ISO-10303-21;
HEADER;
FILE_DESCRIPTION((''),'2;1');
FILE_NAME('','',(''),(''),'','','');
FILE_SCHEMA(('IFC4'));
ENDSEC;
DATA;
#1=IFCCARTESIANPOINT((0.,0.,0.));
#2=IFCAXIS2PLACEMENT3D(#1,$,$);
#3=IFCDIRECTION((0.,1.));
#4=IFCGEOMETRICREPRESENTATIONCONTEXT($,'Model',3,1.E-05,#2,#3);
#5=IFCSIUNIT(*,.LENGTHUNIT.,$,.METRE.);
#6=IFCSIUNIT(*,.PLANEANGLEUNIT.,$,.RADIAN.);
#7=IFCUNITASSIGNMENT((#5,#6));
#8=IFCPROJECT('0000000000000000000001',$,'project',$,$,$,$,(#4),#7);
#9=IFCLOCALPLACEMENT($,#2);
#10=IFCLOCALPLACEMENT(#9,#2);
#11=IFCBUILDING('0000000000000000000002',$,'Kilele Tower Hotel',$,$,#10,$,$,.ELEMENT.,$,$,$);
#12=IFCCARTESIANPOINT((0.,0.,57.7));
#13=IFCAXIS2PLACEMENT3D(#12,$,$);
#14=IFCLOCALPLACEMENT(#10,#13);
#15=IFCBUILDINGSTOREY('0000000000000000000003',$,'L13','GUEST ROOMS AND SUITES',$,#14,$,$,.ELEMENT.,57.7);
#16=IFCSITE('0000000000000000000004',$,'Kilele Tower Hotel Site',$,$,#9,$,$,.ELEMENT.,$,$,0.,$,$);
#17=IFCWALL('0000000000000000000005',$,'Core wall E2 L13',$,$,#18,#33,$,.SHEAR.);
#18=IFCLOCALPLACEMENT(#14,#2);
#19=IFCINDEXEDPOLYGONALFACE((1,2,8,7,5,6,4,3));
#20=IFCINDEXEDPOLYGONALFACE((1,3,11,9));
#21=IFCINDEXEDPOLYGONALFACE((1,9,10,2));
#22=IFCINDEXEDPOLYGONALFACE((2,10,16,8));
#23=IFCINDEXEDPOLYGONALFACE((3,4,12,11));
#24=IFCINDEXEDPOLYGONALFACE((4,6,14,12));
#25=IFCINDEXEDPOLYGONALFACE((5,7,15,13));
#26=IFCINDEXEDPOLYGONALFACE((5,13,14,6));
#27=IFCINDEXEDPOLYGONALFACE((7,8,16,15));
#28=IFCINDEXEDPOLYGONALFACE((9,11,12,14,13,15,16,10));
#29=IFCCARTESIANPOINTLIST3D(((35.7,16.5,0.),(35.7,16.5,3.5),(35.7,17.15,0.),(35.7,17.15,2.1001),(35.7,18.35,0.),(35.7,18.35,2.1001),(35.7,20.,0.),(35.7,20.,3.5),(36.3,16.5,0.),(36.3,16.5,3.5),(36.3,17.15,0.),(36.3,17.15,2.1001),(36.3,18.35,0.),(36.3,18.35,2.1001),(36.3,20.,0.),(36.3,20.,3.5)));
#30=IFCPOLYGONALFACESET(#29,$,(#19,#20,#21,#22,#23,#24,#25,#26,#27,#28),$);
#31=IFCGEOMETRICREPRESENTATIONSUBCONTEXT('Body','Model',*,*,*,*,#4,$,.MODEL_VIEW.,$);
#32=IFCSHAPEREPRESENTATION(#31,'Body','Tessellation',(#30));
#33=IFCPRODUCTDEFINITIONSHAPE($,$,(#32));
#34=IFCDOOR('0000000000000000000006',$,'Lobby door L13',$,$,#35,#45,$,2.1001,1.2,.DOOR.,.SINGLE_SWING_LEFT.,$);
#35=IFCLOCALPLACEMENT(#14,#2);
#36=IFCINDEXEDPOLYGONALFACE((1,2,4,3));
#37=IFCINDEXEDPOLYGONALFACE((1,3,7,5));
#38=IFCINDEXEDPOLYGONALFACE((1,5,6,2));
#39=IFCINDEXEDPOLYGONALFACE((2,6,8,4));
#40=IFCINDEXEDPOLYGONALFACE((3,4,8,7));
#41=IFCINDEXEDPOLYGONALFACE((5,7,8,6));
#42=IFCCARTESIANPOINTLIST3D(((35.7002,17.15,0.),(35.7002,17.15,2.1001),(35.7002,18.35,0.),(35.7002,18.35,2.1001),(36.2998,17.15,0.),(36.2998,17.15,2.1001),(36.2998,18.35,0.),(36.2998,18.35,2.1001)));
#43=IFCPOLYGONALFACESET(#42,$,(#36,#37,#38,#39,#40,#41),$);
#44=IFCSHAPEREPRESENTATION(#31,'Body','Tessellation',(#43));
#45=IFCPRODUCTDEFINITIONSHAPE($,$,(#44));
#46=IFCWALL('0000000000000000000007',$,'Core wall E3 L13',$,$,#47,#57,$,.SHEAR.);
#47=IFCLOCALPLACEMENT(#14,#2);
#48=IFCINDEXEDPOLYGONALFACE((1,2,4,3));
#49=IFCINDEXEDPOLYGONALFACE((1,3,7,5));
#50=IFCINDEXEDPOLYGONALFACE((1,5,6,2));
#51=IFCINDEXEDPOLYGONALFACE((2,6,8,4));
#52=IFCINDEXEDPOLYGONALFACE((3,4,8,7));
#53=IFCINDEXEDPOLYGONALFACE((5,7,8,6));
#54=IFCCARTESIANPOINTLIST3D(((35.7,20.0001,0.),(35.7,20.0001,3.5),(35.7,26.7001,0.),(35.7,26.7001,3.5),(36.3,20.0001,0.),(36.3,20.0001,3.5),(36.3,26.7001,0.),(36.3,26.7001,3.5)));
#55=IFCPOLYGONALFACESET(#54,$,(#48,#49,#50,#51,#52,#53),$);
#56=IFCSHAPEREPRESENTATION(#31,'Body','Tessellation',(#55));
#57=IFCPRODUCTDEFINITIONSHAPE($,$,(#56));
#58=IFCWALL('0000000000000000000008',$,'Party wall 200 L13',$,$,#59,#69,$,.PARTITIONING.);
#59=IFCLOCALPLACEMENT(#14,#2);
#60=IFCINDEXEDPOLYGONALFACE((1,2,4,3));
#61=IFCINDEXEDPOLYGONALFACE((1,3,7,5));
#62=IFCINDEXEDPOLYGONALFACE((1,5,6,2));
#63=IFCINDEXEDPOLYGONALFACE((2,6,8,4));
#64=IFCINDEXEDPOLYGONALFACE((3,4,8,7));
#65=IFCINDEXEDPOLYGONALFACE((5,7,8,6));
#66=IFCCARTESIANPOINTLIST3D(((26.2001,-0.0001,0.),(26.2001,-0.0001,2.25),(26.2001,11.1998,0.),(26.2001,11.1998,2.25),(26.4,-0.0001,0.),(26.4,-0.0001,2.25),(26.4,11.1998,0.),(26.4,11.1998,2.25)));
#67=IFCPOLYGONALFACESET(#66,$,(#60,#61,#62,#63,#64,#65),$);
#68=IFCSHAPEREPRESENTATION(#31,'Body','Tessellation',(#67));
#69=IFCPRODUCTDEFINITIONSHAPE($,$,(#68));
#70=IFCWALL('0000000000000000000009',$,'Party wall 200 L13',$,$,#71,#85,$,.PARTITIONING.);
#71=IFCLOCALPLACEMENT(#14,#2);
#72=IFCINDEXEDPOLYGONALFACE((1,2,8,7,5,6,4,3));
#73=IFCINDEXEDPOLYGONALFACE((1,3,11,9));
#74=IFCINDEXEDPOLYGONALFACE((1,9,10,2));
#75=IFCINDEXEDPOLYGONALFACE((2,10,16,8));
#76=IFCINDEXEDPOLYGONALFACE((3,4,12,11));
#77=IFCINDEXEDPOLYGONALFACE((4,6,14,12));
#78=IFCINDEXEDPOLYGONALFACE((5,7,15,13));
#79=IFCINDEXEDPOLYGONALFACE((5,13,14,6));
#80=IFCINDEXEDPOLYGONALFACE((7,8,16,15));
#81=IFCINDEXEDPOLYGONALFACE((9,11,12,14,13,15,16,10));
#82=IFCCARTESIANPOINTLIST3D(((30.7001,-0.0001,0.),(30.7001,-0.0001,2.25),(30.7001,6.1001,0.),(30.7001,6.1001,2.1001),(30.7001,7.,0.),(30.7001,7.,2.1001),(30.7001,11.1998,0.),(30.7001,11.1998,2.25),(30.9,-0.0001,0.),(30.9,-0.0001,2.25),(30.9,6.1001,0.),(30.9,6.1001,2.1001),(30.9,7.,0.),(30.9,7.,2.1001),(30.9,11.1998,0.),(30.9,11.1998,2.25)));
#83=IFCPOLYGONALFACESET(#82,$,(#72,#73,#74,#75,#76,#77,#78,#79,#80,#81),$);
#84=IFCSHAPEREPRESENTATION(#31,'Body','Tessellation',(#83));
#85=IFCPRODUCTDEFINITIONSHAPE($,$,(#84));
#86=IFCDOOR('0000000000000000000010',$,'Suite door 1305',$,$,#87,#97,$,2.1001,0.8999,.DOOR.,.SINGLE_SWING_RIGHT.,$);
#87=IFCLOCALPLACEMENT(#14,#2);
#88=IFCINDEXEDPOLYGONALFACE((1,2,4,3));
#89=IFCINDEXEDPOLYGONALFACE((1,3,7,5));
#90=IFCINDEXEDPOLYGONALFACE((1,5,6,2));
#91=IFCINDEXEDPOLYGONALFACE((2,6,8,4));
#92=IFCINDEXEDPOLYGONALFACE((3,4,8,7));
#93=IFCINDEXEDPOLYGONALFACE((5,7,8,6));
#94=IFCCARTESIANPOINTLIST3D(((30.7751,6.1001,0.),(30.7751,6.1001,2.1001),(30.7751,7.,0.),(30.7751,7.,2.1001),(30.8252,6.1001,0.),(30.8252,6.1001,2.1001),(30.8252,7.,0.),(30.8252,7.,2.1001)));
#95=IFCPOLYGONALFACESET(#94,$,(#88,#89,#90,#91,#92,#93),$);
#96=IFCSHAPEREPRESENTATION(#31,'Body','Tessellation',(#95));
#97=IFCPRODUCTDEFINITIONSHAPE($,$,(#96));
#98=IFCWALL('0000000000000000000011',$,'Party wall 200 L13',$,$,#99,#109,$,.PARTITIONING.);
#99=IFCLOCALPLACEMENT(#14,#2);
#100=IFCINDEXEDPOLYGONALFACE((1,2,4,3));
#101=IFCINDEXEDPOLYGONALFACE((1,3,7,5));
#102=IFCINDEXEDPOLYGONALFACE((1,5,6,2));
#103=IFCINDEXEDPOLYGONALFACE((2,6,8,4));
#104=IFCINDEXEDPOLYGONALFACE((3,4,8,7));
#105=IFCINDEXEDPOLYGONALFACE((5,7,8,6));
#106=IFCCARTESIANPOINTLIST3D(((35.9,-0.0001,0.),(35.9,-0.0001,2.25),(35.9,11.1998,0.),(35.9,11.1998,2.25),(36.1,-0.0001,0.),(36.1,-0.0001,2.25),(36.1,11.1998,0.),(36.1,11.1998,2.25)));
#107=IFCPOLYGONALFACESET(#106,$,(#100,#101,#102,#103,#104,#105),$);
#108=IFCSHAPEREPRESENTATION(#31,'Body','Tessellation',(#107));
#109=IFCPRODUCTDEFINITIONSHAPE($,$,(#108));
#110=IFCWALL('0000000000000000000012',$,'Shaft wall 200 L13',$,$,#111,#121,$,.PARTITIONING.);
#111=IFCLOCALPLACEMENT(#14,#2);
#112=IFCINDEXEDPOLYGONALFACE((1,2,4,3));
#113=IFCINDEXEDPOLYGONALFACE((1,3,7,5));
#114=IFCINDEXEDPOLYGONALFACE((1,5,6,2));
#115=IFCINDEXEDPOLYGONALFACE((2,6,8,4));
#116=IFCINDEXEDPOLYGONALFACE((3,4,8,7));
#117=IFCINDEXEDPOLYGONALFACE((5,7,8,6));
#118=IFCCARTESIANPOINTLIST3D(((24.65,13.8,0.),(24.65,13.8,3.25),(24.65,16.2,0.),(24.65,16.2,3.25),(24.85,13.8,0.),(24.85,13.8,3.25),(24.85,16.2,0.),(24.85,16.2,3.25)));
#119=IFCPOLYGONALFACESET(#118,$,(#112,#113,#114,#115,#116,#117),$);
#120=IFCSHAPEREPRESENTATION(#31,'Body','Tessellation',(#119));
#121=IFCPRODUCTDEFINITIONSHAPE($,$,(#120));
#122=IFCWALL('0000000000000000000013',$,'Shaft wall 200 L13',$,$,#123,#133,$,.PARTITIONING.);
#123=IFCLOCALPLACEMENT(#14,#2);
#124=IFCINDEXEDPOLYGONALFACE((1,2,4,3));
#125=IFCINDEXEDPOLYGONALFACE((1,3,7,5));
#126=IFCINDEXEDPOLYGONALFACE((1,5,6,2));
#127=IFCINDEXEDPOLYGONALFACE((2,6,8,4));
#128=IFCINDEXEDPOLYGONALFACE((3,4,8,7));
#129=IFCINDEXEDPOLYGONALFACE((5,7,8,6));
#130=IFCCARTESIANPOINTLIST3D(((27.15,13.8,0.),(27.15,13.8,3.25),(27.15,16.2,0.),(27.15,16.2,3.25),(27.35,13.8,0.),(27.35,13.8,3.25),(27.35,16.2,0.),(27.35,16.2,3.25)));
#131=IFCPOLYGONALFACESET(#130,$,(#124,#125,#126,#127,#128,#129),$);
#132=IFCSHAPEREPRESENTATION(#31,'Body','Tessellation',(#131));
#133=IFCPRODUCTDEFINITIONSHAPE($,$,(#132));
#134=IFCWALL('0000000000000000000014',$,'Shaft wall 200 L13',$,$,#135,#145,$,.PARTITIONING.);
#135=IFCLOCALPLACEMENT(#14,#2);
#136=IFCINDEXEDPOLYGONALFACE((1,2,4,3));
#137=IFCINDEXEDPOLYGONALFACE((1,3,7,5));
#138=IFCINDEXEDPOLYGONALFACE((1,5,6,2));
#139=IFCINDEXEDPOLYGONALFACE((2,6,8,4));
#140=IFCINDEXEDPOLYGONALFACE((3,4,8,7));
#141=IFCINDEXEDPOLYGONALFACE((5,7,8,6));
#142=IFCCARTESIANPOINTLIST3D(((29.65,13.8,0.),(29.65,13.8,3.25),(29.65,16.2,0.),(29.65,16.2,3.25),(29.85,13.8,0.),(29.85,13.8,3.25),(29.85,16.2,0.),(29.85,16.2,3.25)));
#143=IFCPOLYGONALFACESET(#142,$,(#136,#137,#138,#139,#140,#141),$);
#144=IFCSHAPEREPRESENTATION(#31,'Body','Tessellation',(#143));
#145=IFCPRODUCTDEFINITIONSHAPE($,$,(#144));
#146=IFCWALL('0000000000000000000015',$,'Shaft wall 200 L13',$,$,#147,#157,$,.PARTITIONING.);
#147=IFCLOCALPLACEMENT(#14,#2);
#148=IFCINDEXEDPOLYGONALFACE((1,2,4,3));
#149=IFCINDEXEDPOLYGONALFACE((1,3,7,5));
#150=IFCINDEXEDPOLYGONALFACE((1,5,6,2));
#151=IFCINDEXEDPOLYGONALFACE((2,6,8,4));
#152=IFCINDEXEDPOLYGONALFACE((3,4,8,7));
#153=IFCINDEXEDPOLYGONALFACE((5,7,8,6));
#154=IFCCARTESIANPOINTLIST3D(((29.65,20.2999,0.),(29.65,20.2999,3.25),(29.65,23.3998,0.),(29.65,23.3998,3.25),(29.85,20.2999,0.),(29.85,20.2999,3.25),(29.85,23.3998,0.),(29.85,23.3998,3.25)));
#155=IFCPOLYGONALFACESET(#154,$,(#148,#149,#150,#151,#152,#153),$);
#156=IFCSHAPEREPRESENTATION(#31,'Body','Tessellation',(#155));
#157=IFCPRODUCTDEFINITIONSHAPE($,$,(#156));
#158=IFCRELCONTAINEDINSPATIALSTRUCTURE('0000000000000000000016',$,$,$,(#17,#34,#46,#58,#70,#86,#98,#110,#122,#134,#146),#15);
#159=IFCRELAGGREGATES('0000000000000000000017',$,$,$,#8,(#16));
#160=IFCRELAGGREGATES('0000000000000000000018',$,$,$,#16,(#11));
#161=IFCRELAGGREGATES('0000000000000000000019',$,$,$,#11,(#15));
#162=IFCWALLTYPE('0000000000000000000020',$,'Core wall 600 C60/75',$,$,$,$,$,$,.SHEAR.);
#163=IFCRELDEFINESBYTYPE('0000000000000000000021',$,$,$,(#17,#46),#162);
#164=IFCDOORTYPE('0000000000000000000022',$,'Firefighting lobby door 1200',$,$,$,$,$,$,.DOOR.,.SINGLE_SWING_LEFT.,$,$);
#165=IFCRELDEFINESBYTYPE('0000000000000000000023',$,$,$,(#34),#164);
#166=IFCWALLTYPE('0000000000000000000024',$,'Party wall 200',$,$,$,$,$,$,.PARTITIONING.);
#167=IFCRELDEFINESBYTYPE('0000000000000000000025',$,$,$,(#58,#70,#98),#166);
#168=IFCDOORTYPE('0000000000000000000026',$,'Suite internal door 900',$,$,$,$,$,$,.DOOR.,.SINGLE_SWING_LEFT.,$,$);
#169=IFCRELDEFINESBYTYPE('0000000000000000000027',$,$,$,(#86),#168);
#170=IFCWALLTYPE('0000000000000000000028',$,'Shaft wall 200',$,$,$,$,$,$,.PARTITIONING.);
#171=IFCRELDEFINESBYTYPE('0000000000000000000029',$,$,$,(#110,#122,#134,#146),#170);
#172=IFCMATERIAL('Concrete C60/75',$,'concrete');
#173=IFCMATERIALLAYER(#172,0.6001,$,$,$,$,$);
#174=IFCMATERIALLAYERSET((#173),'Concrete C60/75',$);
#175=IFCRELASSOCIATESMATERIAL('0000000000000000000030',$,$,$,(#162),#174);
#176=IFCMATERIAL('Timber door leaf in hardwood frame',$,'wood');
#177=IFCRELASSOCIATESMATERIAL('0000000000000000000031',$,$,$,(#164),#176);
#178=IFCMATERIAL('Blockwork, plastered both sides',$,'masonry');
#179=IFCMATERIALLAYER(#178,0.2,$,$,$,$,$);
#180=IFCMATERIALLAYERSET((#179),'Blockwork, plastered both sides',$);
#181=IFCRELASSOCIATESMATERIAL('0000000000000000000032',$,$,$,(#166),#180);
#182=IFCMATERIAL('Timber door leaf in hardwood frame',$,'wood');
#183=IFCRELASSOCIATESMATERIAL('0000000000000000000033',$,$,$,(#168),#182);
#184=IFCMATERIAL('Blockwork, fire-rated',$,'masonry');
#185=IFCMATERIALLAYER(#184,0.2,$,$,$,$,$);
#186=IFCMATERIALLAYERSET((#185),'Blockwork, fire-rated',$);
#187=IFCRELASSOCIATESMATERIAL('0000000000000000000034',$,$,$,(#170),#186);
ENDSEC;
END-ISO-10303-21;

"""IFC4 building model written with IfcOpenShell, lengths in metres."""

from ifc_helpers import new_model, si_unit, direction, frame, frame_2d, origin, place, context, subcontext, project, spatial, rectangle, extrude, material, layer, layer_set, type_object, element, fill, save


model = new_model("IFC4")

# Units and contexts
model_context = context("Model", 3, precision=1e-05, world=origin(), true_north=direction((0.0, 1.0)))
body_context = subcontext(model_context, "Body", "Model", "MODEL_VIEW")
ifc_project = project(units=[si_unit("LENGTHUNIT", "METRE"), si_unit("PLANEANGLEUNIT", "RADIAN")], contexts=[model_context])

# Site, building, storey
site_placement = place(None, origin())
site = spatial("IfcSite", under=ifc_project, at=site_placement, Name="Kilele Tower Hotel Site", CompositionType="ELEMENT", RefElevation=0.0)
building_placement = place(site_placement, origin())
building = spatial("IfcBuilding", under=site, at=building_placement, Name="Kilele Tower Hotel", CompositionType="ELEMENT")
storey_placement = place(building_placement, frame((0.0, 0.0, 57.7)))
storey = spatial("IfcBuildingStorey", under=building, at=storey_placement, Name="L13", Description="GUEST ROOMS AND SUITES", CompositionType="ELEMENT", Elevation=57.7)

# Shared definitions
ifc_material_1 = material(Name="Concrete C60/75", Category="concrete")
ifc_layer_1 = layer(ifc_material_1, 0.6001)
ifc_layer_set_1 = layer_set([ifc_layer_1], Name="Concrete C60/75")
wall_type_1 = type_object("IfcWallType", Name="Core wall 600 C60/75", PredefinedType="SHEAR", material=ifc_layer_set_1)
ifc_material_2 = material(Name="Timber door leaf in hardwood frame", Category="wood")
door_type_1 = type_object("IfcDoorType", Name="Firefighting lobby door 1200", OperationType="SINGLE_SWING_LEFT", PredefinedType="DOOR", material=ifc_material_2)

# Wall, opening, door
wall_1_placement = place(storey_placement, frame((36.0, 16.5, 0.0), z_axis=(0.0, 0.0, 1.0), x_axis=(0.0, 1.0, 0.0)))
wall_1 = element("IfcWall", 1, at=wall_1_placement, inside=storey, type_object=wall_type_1, Name="Core wall E2 L13", PredefinedType="SHEAR", context=body_context, shape_type="SweptSolid", body=[
    extrude(rectangle(XDim=3.5, YDim=0.6001, at=frame_2d((1.75, 0.0))), origin(), (0.0, 0.0, 1.0), 3.5),
])
opening_1_placement = place(wall_1_placement, frame((0.6499, 0.0, 0.0)))
opening_1 = element("IfcOpeningElement", 2, at=opening_1_placement, cuts=wall_1, PredefinedType="OPENING", context=body_context, shape_type="SweptSolid", body=[
    extrude(rectangle(XDim=1.2, YDim=2.1001, at=frame_2d((0.6001, 1.05))), frame((0.0, 0.3101, 0.0), z_axis=(0.0, -1.0, 0.0), x_axis=(1.0, 0.0, 0.0)), (0.0, 0.0, 1.0), 0.6201),
])
door_1_placement = place(opening_1_placement, origin())
door_1 = element("IfcDoor", 3, at=door_1_placement, inside=storey, type_object=door_type_1, Name="Lobby door L13", OperationType="SINGLE_SWING_LEFT", OverallHeight=2.1001, OverallWidth=1.2, PredefinedType="DOOR", context=body_context, shape_type="SweptSolid", body=[
    extrude(rectangle(XDim=1.2, YDim=2.1001, at=frame_2d((0.6001, 1.05))), frame((0.0, 0.2998, 0.0), z_axis=(0.0, -1.0, 0.0), x_axis=(1.0, 0.0, 0.0)), (0.0, 0.0, 1.0), 0.5996),
])
fill(opening_1, door_1)

# Walls
wall_2_placement = place(storey_placement, frame((36.0, 20.0, 0.0), z_axis=(0.0, 0.0, 1.0), x_axis=(0.0, 1.0, 0.0)))
element("IfcWall", 4, at=wall_2_placement, inside=storey, type_object=wall_type_1, Name="Core wall E3 L13", PredefinedType="SHEAR", context=body_context, shape_type="SweptSolid", body=[
    extrude(rectangle(XDim=6.7, YDim=0.6001, at=frame_2d((3.3501, 0.0))), origin(), (0.0, 0.0, 1.0), 3.5),
])
ifc_material_3 = material(Name="Blockwork, plastered both sides", Category="masonry")
ifc_layer_2 = layer(ifc_material_3, 0.2)
ifc_layer_set_2 = layer_set([ifc_layer_2], Name="Blockwork, plastered both sides")
wall_type_2 = type_object("IfcWallType", Name="Party wall 200", PredefinedType="PARTITIONING", material=ifc_layer_set_2)
wall_3_placement = place(storey_placement, frame((26.3, 11.2, 0.0), z_axis=(0.0, 0.0, 1.0), x_axis=(0.0, -1.0, 0.0)))
element("IfcWall", 5, at=wall_3_placement, inside=storey, type_object=wall_type_2, Name="Party wall 200 L13", PredefinedType="PARTITIONING", context=body_context, shape_type="SweptSolid", body=[
    extrude(rectangle(XDim=11.2, YDim=0.2, at=frame_2d((5.6001, 0.0))), origin(), (0.0, 0.0, 1.0), 2.25),
])

# Wall, opening, door
wall_4_placement = place(storey_placement, frame((30.8, 11.2, 0.0), z_axis=(0.0, 0.0, 1.0), x_axis=(0.0, -1.0, 0.0)))
wall_4 = element("IfcWall", 6, at=wall_4_placement, inside=storey, type_object=wall_type_2, Name="Party wall 200 L13", PredefinedType="PARTITIONING", context=body_context, shape_type="SweptSolid", body=[
    extrude(rectangle(XDim=11.2, YDim=0.2, at=frame_2d((5.6001, 0.0))), origin(), (0.0, 0.0, 1.0), 2.25),
])
opening_2_placement = place(wall_4_placement, frame((5.0999, 0.0, 0.0), z_axis=(0.0, 0.0, 1.0), x_axis=(-1.0, 0.0, 0.0)))
opening_2 = element("IfcOpeningElement", 7, at=opening_2_placement, cuts=wall_4, PredefinedType="OPENING", context=body_context, shape_type="SweptSolid", body=[
    extrude(rectangle(XDim=0.8999, YDim=2.1001, at=frame_2d((0.45, 1.05))), frame((0.0, 0.1099, 0.0), z_axis=(0.0, -1.0, 0.0), x_axis=(1.0, 0.0, 0.0)), (0.0, 0.0, 1.0), 0.22),
])
ifc_material_4 = material(Name="Timber door leaf in hardwood frame", Category="wood")
door_type_2 = type_object("IfcDoorType", Name="Suite internal door 900", OperationType="SINGLE_SWING_LEFT", PredefinedType="DOOR", material=ifc_material_4)
door_2_placement = place(opening_2_placement, origin())
door_2 = element("IfcDoor", 8, at=door_2_placement, inside=storey, type_object=door_type_2, Name="Suite door 1305", OperationType="SINGLE_SWING_RIGHT", OverallHeight=2.1001, OverallWidth=0.8999, PredefinedType="DOOR", context=body_context, shape_type="SweptSolid", body=[
    extrude(rectangle(XDim=0.8999, YDim=2.1001, at=frame_2d((0.45, 1.05))), frame((0.0, 0.0249, 0.0), z_axis=(0.0, -1.0, 0.0), x_axis=(1.0, 0.0, 0.0)), (0.0, 0.0, 1.0), 0.05),
])
fill(opening_2, door_2)

# Walls
wall_5_placement = place(storey_placement, frame((36.0, 11.2, 0.0), z_axis=(0.0, 0.0, 1.0), x_axis=(0.0, -1.0, 0.0)))
element("IfcWall", 9, at=wall_5_placement, inside=storey, type_object=wall_type_2, Name="Party wall 200 L13", PredefinedType="PARTITIONING", context=body_context, shape_type="SweptSolid", body=[
    extrude(rectangle(XDim=11.2, YDim=0.2, at=frame_2d((5.6001, 0.0))), origin(), (0.0, 0.0, 1.0), 2.25),
])
ifc_material_5 = material(Name="Blockwork, fire-rated", Category="masonry")
ifc_layer_3 = layer(ifc_material_5, 0.2)
ifc_layer_set_3 = layer_set([ifc_layer_3], Name="Blockwork, fire-rated")
wall_type_3 = type_object("IfcWallType", Name="Shaft wall 200", PredefinedType="PARTITIONING", material=ifc_layer_set_3)
for number, where, z_axis, x_axis, name in (
    (10, (24.75, 13.8, 0.0), (0.0, 0.0, 1.0), (0.0, 1.0, 0.0), "Shaft wall 200 L13"),
    (11, (27.25, 13.8, 0.0), (0.0, 0.0, 1.0), (0.0, 1.0, 0.0), "Shaft wall 200 L13"),
    (12, (29.75, 13.8, 0.0), (0.0, 0.0, 1.0), (0.0, 1.0, 0.0), "Shaft wall 200 L13"),
):
    element("IfcWall", number, at=place(storey_placement, frame(where, z_axis=z_axis, x_axis=x_axis)), inside=storey, type_object=wall_type_3, Name=name, PredefinedType="PARTITIONING", context=body_context, shape_type="SweptSolid", body=[
        extrude(rectangle(XDim=2.3999, YDim=0.2, at=frame_2d((1.2, 0.0))), origin(), (0.0, 0.0, 1.0), 3.25),
    ])
wall_6_placement = place(storey_placement, frame((29.75, 20.3, 0.0), z_axis=(0.0, 0.0, 1.0), x_axis=(0.0, 1.0, 0.0)))
element("IfcWall", 13, at=wall_6_placement, inside=storey, type_object=wall_type_3, Name="Shaft wall 200 L13", PredefinedType="PARTITIONING", context=body_context, shape_type="SweptSolid", body=[
    extrude(rectangle(XDim=3.0999, YDim=0.2, at=frame_2d((1.5498, 0.0))), origin(), (0.0, 0.0, 1.0), 3.25),
])

save(model, "model.ifc")
